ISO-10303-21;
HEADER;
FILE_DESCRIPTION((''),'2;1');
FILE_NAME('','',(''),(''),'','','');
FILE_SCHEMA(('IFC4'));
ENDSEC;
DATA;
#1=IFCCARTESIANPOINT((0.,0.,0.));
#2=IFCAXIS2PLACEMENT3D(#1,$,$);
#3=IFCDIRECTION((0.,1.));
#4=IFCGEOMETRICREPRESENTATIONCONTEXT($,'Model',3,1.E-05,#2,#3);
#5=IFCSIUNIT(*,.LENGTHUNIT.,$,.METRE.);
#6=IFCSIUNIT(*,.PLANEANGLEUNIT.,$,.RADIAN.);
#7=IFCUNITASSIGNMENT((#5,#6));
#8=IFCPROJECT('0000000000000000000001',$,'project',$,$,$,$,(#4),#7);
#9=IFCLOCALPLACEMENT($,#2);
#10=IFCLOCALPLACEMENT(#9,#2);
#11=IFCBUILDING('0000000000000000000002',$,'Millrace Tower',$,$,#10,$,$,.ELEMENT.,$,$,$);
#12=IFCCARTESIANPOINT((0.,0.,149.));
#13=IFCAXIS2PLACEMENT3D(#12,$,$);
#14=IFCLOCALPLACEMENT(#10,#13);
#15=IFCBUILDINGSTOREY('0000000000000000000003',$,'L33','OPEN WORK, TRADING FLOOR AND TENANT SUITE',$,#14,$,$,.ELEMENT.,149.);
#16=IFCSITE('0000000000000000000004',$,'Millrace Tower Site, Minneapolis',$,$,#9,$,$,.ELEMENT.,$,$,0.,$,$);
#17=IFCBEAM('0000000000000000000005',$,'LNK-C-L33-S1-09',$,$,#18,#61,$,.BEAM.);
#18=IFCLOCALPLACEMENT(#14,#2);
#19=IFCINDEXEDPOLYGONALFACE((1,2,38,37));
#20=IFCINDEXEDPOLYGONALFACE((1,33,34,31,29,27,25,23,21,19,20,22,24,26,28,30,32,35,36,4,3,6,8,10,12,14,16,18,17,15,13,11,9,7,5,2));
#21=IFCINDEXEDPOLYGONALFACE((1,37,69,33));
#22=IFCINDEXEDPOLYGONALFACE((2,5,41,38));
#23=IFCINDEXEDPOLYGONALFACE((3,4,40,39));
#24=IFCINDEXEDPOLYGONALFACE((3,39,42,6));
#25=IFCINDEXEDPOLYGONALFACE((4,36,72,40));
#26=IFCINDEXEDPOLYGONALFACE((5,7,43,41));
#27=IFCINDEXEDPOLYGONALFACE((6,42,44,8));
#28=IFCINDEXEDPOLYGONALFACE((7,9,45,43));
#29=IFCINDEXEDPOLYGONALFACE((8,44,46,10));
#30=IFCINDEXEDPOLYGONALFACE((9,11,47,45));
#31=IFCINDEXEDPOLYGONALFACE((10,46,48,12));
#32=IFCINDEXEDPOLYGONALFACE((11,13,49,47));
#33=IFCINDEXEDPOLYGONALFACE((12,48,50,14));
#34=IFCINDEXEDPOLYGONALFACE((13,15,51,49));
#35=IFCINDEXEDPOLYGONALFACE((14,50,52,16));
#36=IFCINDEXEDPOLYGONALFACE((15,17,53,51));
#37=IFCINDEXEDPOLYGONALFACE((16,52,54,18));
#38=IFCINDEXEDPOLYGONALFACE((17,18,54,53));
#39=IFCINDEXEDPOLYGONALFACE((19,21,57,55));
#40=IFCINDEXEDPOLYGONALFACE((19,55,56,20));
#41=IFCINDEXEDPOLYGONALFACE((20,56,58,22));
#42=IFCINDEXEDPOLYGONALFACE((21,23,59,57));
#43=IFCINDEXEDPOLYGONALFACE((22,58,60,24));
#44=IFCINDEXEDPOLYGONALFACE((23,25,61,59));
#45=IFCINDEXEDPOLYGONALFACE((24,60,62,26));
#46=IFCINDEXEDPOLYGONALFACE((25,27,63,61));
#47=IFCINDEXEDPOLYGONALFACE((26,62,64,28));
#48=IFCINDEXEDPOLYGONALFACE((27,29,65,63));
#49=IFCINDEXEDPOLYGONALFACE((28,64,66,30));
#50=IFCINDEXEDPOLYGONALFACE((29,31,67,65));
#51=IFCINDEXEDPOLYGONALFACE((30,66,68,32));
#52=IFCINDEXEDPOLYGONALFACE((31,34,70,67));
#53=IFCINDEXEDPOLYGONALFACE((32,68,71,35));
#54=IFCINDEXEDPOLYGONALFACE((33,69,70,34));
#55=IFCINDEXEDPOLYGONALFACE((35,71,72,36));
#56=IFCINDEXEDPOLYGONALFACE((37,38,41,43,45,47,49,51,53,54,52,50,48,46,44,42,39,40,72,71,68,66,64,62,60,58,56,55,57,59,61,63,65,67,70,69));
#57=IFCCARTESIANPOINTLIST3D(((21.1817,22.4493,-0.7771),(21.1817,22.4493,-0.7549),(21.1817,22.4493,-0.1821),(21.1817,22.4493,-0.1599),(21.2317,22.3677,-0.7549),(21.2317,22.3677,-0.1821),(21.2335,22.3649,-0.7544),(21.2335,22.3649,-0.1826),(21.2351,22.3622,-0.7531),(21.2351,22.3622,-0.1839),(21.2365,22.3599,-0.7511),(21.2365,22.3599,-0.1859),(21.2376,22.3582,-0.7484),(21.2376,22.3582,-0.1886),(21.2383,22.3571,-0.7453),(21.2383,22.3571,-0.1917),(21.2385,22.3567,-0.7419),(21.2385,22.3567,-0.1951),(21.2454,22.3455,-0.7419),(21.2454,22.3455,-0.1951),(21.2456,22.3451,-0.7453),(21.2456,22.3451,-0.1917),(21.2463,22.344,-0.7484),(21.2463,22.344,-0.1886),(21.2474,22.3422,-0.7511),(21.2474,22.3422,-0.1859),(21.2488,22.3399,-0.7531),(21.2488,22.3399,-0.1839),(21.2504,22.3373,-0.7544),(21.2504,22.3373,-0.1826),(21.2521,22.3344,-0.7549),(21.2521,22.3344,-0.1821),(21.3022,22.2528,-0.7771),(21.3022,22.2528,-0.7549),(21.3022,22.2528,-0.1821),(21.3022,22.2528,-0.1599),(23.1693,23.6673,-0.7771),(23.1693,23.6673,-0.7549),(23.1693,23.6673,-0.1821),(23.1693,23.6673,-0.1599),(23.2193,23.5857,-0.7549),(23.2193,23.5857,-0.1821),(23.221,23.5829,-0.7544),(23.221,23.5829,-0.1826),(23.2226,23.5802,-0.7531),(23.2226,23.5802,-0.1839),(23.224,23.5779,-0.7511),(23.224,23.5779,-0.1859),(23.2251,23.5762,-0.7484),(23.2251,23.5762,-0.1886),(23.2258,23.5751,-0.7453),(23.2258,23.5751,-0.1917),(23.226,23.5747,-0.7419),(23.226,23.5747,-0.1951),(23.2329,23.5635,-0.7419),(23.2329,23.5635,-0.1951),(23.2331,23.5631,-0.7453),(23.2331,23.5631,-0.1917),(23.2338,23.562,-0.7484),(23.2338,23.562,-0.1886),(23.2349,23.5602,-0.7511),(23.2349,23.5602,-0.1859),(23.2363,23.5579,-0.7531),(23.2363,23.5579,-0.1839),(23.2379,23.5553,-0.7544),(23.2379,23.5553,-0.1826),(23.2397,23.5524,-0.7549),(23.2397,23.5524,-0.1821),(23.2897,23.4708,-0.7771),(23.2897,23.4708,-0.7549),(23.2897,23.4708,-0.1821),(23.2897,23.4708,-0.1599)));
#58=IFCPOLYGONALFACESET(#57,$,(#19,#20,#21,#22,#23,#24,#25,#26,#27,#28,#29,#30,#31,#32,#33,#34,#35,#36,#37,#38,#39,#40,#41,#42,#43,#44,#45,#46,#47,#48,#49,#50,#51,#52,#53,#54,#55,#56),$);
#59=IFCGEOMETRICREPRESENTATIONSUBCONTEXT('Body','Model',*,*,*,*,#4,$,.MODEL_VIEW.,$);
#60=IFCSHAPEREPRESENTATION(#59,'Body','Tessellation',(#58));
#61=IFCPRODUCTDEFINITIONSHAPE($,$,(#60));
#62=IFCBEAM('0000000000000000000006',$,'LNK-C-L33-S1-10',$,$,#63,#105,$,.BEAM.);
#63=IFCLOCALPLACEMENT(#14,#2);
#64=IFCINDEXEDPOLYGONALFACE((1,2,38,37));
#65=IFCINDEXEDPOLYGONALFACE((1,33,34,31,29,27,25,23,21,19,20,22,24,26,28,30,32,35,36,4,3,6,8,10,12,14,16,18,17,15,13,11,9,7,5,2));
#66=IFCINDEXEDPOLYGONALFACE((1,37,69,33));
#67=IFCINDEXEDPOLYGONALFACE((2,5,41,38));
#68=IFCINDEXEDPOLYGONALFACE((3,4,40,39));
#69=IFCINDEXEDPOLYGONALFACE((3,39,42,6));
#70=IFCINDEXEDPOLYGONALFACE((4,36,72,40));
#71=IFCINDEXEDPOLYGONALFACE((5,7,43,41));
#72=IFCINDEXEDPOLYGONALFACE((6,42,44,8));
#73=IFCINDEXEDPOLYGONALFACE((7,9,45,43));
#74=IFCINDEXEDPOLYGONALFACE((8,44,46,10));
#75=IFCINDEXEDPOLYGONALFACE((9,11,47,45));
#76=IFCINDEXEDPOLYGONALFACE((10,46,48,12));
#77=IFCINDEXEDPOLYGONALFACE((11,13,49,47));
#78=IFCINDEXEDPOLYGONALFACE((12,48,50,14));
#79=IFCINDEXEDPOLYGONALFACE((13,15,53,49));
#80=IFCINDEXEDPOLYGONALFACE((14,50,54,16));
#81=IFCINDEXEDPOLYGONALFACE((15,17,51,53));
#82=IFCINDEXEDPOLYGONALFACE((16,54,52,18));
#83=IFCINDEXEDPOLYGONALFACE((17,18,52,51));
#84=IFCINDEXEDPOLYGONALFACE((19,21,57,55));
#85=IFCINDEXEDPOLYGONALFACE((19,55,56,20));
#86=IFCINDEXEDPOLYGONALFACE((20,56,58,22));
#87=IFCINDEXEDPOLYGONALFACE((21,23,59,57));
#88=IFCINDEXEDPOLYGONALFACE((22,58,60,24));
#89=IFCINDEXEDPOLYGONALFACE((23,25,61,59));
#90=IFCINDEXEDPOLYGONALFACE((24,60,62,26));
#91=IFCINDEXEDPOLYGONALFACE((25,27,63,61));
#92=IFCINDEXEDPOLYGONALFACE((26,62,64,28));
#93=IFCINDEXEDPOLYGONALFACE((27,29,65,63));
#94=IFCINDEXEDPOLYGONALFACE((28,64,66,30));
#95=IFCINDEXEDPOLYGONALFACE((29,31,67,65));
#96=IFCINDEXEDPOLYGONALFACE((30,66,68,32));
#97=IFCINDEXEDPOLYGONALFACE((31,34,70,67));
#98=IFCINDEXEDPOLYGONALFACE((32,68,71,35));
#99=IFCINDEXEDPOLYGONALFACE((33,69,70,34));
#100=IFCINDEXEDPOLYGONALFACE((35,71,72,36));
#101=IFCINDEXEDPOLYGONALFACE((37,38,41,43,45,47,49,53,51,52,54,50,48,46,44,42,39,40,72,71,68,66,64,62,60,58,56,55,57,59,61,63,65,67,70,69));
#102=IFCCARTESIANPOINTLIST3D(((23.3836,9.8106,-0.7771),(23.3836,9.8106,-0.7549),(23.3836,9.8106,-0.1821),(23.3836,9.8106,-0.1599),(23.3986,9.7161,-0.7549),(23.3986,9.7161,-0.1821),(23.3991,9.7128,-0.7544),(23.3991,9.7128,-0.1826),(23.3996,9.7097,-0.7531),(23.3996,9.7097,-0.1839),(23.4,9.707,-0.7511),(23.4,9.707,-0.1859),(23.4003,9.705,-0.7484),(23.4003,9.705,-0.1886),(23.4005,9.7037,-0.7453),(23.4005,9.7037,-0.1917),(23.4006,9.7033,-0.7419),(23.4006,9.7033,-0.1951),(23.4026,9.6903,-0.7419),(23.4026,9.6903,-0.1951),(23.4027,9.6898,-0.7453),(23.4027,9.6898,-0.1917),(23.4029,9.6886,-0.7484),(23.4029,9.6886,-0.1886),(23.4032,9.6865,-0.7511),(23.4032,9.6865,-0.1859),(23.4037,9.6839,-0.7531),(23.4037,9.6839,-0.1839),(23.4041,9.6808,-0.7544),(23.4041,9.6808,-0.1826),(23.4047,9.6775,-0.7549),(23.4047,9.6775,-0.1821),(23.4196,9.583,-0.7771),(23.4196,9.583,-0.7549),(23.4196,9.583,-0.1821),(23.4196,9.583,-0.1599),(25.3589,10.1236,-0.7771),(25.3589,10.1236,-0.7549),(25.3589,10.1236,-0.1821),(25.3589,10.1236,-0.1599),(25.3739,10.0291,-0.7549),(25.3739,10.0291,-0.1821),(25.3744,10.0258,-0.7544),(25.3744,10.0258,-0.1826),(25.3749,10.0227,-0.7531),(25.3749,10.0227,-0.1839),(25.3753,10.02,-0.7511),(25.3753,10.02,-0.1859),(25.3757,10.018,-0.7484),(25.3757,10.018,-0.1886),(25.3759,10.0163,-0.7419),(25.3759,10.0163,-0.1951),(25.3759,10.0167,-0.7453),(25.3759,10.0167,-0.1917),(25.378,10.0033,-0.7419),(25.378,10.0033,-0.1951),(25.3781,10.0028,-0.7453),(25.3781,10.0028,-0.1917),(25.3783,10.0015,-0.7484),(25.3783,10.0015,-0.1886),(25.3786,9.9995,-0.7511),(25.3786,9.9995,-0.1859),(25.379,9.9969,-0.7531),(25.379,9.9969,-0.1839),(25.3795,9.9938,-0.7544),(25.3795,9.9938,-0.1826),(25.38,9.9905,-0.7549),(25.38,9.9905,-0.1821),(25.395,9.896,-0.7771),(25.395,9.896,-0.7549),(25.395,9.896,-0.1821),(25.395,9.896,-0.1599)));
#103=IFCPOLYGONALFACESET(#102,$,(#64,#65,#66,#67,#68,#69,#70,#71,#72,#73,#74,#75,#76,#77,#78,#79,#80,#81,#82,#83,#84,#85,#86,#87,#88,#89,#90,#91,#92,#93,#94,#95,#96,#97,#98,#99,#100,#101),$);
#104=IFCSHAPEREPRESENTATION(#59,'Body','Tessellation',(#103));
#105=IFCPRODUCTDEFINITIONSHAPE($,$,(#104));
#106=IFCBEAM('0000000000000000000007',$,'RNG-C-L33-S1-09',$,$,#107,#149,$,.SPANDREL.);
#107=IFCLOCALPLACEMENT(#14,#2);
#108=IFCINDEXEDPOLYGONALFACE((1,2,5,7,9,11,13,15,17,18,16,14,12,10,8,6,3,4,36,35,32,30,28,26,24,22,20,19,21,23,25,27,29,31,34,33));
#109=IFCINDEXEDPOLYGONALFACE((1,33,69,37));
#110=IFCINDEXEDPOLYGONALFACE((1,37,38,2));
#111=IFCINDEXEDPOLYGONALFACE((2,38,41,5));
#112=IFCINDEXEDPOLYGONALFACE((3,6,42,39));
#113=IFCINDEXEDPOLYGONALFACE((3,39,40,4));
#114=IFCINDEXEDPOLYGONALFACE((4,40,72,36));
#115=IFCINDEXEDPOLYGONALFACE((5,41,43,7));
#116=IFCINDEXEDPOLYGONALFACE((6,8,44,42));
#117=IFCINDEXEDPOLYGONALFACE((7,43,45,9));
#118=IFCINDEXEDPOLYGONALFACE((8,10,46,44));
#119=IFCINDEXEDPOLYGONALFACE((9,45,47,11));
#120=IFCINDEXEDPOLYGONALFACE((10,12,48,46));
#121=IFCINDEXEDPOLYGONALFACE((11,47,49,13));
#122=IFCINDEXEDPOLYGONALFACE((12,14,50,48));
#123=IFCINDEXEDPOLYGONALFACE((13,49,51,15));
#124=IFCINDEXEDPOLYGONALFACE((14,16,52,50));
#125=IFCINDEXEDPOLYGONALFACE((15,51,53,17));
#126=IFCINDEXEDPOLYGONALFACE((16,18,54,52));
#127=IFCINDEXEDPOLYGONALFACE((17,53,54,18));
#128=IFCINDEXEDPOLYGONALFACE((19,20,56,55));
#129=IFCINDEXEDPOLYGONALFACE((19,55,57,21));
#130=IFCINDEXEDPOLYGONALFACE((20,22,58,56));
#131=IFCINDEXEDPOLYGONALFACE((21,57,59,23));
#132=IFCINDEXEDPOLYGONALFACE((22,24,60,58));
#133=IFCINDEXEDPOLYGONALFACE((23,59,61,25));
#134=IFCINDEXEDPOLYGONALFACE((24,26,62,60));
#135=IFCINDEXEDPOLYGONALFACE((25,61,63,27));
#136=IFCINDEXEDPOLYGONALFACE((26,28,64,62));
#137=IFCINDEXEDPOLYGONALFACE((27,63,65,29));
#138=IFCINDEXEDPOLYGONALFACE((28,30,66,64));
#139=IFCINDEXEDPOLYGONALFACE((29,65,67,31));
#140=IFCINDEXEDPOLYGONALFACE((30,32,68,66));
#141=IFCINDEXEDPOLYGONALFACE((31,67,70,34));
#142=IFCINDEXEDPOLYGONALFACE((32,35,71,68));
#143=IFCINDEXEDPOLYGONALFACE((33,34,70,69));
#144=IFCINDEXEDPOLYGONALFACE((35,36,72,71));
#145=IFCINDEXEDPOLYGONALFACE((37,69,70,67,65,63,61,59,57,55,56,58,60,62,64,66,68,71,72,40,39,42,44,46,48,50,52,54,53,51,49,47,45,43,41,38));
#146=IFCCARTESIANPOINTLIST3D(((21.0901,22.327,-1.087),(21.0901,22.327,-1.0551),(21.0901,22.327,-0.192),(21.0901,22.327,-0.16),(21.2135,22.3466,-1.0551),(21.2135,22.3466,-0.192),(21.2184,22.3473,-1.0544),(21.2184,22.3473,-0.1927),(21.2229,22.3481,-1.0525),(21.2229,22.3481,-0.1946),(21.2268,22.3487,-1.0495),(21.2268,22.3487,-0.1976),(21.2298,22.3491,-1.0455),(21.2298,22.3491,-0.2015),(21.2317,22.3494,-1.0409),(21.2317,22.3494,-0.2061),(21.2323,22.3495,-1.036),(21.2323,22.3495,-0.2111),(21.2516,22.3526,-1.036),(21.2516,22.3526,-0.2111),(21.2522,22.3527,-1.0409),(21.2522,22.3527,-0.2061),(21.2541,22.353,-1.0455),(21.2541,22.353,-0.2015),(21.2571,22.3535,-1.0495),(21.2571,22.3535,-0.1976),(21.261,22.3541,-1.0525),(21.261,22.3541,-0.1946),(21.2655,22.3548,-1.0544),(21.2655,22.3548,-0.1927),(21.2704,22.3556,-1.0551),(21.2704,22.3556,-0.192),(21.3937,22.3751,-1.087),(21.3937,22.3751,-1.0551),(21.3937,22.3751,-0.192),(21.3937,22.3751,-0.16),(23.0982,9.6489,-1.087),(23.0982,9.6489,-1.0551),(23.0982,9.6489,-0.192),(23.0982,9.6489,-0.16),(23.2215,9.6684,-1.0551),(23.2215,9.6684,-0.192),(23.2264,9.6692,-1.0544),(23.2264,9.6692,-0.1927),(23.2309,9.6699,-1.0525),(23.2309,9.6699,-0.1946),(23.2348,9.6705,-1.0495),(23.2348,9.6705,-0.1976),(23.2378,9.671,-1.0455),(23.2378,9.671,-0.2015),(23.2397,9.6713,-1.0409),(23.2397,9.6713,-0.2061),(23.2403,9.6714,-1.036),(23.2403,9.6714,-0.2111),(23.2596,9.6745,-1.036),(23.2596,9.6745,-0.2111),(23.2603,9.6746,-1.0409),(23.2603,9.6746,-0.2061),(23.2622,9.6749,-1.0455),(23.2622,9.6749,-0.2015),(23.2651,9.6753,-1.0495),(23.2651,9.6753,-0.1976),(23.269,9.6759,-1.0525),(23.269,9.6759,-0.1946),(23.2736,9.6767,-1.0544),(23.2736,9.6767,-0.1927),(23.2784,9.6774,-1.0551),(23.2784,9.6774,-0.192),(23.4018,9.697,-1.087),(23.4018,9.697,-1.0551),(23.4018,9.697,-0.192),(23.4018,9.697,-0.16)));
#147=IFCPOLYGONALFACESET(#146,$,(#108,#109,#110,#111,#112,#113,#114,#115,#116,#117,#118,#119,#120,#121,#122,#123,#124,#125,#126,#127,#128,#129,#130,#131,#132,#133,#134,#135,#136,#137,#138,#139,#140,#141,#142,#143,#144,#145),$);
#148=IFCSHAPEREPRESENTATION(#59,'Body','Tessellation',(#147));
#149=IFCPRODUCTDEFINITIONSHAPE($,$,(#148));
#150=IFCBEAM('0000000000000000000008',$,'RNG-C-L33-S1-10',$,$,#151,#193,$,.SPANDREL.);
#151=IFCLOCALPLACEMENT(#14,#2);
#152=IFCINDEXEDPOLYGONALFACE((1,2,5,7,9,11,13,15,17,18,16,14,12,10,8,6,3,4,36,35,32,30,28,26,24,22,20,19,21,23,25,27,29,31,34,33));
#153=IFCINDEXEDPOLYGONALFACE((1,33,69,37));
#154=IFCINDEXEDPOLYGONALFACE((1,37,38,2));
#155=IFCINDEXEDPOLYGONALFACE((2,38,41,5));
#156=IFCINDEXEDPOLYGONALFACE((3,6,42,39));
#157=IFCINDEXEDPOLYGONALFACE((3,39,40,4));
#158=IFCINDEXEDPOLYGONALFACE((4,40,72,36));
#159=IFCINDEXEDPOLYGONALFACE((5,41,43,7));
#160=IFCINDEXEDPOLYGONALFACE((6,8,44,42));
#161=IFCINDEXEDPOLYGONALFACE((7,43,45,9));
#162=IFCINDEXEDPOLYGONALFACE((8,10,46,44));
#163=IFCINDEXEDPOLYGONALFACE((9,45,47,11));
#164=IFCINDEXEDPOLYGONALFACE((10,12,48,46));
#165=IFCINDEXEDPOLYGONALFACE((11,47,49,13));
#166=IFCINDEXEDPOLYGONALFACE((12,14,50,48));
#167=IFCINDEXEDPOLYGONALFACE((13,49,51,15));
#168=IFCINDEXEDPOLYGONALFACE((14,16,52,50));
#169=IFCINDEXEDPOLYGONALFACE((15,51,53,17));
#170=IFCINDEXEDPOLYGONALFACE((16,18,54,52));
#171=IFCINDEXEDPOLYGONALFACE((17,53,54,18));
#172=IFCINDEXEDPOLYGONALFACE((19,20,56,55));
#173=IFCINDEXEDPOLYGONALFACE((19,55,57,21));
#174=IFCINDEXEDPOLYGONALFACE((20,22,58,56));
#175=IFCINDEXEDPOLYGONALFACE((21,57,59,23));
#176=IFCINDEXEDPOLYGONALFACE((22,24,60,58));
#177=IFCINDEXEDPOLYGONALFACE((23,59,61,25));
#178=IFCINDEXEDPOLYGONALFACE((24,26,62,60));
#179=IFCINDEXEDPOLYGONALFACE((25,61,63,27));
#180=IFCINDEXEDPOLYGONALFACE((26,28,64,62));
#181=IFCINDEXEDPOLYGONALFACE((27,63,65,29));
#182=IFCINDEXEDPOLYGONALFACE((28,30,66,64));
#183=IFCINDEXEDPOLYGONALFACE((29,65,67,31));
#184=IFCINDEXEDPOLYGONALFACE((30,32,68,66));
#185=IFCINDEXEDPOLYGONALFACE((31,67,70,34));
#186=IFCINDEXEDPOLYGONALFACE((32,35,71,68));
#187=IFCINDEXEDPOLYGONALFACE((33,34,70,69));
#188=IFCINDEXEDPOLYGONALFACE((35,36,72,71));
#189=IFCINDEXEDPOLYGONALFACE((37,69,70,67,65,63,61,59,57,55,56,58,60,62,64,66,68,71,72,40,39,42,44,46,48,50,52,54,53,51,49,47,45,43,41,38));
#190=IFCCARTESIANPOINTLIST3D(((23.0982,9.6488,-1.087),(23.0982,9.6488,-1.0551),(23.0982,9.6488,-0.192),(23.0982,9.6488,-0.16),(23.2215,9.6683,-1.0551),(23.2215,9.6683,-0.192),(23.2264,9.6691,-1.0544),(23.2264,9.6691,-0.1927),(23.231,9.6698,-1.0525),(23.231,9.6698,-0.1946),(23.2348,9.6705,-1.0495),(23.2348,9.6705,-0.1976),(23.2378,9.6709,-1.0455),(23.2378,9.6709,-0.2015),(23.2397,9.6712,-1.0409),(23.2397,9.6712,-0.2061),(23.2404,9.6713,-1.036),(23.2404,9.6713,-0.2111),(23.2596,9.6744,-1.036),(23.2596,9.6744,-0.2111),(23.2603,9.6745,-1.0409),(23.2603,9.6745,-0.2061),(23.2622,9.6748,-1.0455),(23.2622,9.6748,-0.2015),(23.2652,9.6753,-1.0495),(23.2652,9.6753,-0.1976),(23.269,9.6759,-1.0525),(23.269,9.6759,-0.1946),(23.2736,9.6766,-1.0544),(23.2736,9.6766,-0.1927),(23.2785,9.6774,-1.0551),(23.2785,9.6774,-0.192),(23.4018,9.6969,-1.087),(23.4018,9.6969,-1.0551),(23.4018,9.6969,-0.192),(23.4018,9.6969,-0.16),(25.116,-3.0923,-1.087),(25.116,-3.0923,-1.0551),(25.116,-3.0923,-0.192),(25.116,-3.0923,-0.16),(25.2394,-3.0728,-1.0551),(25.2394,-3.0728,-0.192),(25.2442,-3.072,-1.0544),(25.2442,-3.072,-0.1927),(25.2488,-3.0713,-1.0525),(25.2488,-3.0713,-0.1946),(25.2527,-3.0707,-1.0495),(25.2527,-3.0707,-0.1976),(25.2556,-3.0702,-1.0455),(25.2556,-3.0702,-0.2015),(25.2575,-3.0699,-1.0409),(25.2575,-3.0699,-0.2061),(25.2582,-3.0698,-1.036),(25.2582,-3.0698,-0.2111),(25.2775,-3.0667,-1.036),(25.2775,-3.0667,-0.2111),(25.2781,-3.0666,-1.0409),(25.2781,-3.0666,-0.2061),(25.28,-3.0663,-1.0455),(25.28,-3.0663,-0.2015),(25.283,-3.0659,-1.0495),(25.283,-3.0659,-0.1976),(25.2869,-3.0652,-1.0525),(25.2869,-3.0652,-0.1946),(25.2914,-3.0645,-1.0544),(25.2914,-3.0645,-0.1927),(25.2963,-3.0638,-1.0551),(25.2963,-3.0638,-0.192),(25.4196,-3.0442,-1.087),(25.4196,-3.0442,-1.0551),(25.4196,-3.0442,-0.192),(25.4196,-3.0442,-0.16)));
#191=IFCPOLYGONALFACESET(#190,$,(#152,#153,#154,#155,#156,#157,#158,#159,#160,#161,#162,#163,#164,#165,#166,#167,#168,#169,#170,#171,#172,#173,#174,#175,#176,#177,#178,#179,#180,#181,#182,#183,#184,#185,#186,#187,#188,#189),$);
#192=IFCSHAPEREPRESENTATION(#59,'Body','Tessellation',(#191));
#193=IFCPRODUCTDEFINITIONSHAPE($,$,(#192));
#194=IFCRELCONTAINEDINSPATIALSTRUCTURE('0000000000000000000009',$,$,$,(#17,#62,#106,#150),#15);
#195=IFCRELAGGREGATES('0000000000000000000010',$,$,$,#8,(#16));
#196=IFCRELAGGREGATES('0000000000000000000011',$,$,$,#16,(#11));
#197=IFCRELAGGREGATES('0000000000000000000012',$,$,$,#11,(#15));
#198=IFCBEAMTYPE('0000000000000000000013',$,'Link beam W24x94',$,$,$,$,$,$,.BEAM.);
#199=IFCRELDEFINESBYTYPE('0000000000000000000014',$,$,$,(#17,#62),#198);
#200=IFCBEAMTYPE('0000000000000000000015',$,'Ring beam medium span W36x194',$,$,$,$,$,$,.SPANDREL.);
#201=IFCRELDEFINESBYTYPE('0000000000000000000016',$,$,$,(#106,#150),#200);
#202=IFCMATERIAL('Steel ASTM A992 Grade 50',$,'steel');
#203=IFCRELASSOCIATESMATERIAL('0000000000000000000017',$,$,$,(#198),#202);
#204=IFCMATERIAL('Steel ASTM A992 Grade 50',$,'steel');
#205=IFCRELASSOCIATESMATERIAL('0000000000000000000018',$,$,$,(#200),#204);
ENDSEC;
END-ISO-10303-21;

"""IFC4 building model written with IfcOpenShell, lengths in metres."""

from ifc_helpers import new_model, si_unit, direction, frame, origin, origin_2d, place, context, subcontext, project, spatial, i_section, extrude, material, material_profile, profile_set, type_object, element, save


model = new_model("IFC4")

# Units and contexts
model_context = context("Model", 3, precision=1e-05, world=origin(), true_north=direction((0.0, 1.0)))
body_context = subcontext(model_context, "Body", "Model", "MODEL_VIEW")
ifc_project = project(units=[si_unit("LENGTHUNIT", "METRE"), si_unit("PLANEANGLEUNIT", "RADIAN")], contexts=[model_context])

# Site, building, storey
site_placement = place(None, origin())
site = spatial("IfcSite", under=ifc_project, at=site_placement, Name="Millrace Tower Site, Minneapolis", CompositionType="ELEMENT", RefElevation=0.0)
building_placement = place(site_placement, origin())
building = spatial("IfcBuilding", under=site, at=building_placement, Name="Millrace Tower", CompositionType="ELEMENT")
storey_placement = place(building_placement, frame((0.0, 0.0, 149.0)))
storey = spatial("IfcBuildingStorey", under=building, at=storey_placement, Name="L33", Description="OPEN WORK, TRADING FLOOR AND TENANT SUITE", CompositionType="ELEMENT", Elevation=149.0)

# Beams
ifc_material_1 = material(Name="Steel ASTM A992 Grade 50", Category="steel")
ifc_material_profile_1 = material_profile(ifc_material_1, i_section(OverallWidth=0.2305, OverallDepth=0.6172, WebThickness=0.0132, FlangeThickness=0.0222, FilletRadius=0.0129, at=origin_2d()))
ifc_profile_set_1 = profile_set([ifc_material_profile_1], Name="Steel ASTM A992 Grade 50")
beam_type_1 = type_object("IfcBeamType", Name="Link beam W24x94", PredefinedType="BEAM", material=ifc_profile_set_1)
beam_1_placement = place(storey_placement, frame((21.2419, 22.3511, -0.4685), z_axis=(0.852631, 0.522513, 0.0), x_axis=(-0.522513, 0.852631, 0.0)))
element("IfcBeam", 1, at=beam_1_placement, inside=storey, type_object=beam_type_1, Name="LNK-C-L33-S1-09", PredefinedType="BEAM", context=body_context, shape_type="SweptSolid", body=[
    extrude(i_section(OverallWidth=0.2305, OverallDepth=0.6172, WebThickness=0.0132, FlangeThickness=0.0222, FilletRadius=0.0129, at=origin_2d()), origin(), (0.0, 0.0, 1.0), 2.3311),
])
beam_2_placement = place(storey_placement, frame((23.4016, 9.6968, -0.4685), z_axis=(0.987679, 0.156495, 0.0), x_axis=(-0.156495, 0.987679, 0.0)))
element("IfcBeam", 2, at=beam_2_placement, inside=storey, type_object=beam_type_1, Name="LNK-C-L33-S1-10", PredefinedType="BEAM", context=body_context, shape_type="SweptSolid", body=[
    extrude(i_section(OverallWidth=0.2305, OverallDepth=0.6172, WebThickness=0.0132, FlangeThickness=0.0222, FilletRadius=0.0129, at=origin_2d()), origin(), (0.0, 0.0, 1.0), 2.0),
])
ifc_material_2 = material(Name="Steel ASTM A992 Grade 50", Category="steel")
ifc_material_profile_2 = material_profile(ifc_material_2, i_section(OverallWidth=0.3074, OverallDepth=0.927, WebThickness=0.0195, FlangeThickness=0.032, FilletRadius=0.019, at=origin_2d()))
ifc_profile_set_2 = profile_set([ifc_material_profile_2], Name="Steel ASTM A992 Grade 50")
beam_type_2 = type_object("IfcBeamType", Name="Ring beam medium span W36x194", PredefinedType="SPANDREL", material=ifc_profile_set_2)
beam_3_placement = place(storey_placement, frame((21.2419, 22.3511, -0.6235), z_axis=(0.156436, -0.987688, 0.0), x_axis=(0.987688, 0.156436, 0.0)))
element("IfcBeam", 3, at=beam_3_placement, inside=storey, type_object=beam_type_2, Name="RNG-C-L33-S1-09", PredefinedType="SPANDREL", context=body_context, shape_type="SweptSolid", body=[
    extrude(i_section(OverallWidth=0.3074, OverallDepth=0.927, WebThickness=0.0195, FlangeThickness=0.032, FilletRadius=0.019, at=origin_2d()), origin(), (0.0, 0.0, 1.0), 12.8362),
])
beam_4_placement = place(storey_placement, frame((23.25, 9.6729, -0.6235), z_axis=(0.15642, -0.987691, 0.0), x_axis=(0.987691, 0.15642, 0.0)))
element("IfcBeam", 4, at=beam_4_placement, inside=storey, type_object=beam_type_2, Name="RNG-C-L33-S1-10", PredefinedType="SPANDREL", context=body_context, shape_type="SweptSolid", body=[
    extrude(i_section(OverallWidth=0.3074, OverallDepth=0.927, WebThickness=0.0195, FlangeThickness=0.032, FilletRadius=0.019, at=origin_2d()), origin(), (0.0, 0.0, 1.0), 12.8999),
])

save(model, "model.ifc")
